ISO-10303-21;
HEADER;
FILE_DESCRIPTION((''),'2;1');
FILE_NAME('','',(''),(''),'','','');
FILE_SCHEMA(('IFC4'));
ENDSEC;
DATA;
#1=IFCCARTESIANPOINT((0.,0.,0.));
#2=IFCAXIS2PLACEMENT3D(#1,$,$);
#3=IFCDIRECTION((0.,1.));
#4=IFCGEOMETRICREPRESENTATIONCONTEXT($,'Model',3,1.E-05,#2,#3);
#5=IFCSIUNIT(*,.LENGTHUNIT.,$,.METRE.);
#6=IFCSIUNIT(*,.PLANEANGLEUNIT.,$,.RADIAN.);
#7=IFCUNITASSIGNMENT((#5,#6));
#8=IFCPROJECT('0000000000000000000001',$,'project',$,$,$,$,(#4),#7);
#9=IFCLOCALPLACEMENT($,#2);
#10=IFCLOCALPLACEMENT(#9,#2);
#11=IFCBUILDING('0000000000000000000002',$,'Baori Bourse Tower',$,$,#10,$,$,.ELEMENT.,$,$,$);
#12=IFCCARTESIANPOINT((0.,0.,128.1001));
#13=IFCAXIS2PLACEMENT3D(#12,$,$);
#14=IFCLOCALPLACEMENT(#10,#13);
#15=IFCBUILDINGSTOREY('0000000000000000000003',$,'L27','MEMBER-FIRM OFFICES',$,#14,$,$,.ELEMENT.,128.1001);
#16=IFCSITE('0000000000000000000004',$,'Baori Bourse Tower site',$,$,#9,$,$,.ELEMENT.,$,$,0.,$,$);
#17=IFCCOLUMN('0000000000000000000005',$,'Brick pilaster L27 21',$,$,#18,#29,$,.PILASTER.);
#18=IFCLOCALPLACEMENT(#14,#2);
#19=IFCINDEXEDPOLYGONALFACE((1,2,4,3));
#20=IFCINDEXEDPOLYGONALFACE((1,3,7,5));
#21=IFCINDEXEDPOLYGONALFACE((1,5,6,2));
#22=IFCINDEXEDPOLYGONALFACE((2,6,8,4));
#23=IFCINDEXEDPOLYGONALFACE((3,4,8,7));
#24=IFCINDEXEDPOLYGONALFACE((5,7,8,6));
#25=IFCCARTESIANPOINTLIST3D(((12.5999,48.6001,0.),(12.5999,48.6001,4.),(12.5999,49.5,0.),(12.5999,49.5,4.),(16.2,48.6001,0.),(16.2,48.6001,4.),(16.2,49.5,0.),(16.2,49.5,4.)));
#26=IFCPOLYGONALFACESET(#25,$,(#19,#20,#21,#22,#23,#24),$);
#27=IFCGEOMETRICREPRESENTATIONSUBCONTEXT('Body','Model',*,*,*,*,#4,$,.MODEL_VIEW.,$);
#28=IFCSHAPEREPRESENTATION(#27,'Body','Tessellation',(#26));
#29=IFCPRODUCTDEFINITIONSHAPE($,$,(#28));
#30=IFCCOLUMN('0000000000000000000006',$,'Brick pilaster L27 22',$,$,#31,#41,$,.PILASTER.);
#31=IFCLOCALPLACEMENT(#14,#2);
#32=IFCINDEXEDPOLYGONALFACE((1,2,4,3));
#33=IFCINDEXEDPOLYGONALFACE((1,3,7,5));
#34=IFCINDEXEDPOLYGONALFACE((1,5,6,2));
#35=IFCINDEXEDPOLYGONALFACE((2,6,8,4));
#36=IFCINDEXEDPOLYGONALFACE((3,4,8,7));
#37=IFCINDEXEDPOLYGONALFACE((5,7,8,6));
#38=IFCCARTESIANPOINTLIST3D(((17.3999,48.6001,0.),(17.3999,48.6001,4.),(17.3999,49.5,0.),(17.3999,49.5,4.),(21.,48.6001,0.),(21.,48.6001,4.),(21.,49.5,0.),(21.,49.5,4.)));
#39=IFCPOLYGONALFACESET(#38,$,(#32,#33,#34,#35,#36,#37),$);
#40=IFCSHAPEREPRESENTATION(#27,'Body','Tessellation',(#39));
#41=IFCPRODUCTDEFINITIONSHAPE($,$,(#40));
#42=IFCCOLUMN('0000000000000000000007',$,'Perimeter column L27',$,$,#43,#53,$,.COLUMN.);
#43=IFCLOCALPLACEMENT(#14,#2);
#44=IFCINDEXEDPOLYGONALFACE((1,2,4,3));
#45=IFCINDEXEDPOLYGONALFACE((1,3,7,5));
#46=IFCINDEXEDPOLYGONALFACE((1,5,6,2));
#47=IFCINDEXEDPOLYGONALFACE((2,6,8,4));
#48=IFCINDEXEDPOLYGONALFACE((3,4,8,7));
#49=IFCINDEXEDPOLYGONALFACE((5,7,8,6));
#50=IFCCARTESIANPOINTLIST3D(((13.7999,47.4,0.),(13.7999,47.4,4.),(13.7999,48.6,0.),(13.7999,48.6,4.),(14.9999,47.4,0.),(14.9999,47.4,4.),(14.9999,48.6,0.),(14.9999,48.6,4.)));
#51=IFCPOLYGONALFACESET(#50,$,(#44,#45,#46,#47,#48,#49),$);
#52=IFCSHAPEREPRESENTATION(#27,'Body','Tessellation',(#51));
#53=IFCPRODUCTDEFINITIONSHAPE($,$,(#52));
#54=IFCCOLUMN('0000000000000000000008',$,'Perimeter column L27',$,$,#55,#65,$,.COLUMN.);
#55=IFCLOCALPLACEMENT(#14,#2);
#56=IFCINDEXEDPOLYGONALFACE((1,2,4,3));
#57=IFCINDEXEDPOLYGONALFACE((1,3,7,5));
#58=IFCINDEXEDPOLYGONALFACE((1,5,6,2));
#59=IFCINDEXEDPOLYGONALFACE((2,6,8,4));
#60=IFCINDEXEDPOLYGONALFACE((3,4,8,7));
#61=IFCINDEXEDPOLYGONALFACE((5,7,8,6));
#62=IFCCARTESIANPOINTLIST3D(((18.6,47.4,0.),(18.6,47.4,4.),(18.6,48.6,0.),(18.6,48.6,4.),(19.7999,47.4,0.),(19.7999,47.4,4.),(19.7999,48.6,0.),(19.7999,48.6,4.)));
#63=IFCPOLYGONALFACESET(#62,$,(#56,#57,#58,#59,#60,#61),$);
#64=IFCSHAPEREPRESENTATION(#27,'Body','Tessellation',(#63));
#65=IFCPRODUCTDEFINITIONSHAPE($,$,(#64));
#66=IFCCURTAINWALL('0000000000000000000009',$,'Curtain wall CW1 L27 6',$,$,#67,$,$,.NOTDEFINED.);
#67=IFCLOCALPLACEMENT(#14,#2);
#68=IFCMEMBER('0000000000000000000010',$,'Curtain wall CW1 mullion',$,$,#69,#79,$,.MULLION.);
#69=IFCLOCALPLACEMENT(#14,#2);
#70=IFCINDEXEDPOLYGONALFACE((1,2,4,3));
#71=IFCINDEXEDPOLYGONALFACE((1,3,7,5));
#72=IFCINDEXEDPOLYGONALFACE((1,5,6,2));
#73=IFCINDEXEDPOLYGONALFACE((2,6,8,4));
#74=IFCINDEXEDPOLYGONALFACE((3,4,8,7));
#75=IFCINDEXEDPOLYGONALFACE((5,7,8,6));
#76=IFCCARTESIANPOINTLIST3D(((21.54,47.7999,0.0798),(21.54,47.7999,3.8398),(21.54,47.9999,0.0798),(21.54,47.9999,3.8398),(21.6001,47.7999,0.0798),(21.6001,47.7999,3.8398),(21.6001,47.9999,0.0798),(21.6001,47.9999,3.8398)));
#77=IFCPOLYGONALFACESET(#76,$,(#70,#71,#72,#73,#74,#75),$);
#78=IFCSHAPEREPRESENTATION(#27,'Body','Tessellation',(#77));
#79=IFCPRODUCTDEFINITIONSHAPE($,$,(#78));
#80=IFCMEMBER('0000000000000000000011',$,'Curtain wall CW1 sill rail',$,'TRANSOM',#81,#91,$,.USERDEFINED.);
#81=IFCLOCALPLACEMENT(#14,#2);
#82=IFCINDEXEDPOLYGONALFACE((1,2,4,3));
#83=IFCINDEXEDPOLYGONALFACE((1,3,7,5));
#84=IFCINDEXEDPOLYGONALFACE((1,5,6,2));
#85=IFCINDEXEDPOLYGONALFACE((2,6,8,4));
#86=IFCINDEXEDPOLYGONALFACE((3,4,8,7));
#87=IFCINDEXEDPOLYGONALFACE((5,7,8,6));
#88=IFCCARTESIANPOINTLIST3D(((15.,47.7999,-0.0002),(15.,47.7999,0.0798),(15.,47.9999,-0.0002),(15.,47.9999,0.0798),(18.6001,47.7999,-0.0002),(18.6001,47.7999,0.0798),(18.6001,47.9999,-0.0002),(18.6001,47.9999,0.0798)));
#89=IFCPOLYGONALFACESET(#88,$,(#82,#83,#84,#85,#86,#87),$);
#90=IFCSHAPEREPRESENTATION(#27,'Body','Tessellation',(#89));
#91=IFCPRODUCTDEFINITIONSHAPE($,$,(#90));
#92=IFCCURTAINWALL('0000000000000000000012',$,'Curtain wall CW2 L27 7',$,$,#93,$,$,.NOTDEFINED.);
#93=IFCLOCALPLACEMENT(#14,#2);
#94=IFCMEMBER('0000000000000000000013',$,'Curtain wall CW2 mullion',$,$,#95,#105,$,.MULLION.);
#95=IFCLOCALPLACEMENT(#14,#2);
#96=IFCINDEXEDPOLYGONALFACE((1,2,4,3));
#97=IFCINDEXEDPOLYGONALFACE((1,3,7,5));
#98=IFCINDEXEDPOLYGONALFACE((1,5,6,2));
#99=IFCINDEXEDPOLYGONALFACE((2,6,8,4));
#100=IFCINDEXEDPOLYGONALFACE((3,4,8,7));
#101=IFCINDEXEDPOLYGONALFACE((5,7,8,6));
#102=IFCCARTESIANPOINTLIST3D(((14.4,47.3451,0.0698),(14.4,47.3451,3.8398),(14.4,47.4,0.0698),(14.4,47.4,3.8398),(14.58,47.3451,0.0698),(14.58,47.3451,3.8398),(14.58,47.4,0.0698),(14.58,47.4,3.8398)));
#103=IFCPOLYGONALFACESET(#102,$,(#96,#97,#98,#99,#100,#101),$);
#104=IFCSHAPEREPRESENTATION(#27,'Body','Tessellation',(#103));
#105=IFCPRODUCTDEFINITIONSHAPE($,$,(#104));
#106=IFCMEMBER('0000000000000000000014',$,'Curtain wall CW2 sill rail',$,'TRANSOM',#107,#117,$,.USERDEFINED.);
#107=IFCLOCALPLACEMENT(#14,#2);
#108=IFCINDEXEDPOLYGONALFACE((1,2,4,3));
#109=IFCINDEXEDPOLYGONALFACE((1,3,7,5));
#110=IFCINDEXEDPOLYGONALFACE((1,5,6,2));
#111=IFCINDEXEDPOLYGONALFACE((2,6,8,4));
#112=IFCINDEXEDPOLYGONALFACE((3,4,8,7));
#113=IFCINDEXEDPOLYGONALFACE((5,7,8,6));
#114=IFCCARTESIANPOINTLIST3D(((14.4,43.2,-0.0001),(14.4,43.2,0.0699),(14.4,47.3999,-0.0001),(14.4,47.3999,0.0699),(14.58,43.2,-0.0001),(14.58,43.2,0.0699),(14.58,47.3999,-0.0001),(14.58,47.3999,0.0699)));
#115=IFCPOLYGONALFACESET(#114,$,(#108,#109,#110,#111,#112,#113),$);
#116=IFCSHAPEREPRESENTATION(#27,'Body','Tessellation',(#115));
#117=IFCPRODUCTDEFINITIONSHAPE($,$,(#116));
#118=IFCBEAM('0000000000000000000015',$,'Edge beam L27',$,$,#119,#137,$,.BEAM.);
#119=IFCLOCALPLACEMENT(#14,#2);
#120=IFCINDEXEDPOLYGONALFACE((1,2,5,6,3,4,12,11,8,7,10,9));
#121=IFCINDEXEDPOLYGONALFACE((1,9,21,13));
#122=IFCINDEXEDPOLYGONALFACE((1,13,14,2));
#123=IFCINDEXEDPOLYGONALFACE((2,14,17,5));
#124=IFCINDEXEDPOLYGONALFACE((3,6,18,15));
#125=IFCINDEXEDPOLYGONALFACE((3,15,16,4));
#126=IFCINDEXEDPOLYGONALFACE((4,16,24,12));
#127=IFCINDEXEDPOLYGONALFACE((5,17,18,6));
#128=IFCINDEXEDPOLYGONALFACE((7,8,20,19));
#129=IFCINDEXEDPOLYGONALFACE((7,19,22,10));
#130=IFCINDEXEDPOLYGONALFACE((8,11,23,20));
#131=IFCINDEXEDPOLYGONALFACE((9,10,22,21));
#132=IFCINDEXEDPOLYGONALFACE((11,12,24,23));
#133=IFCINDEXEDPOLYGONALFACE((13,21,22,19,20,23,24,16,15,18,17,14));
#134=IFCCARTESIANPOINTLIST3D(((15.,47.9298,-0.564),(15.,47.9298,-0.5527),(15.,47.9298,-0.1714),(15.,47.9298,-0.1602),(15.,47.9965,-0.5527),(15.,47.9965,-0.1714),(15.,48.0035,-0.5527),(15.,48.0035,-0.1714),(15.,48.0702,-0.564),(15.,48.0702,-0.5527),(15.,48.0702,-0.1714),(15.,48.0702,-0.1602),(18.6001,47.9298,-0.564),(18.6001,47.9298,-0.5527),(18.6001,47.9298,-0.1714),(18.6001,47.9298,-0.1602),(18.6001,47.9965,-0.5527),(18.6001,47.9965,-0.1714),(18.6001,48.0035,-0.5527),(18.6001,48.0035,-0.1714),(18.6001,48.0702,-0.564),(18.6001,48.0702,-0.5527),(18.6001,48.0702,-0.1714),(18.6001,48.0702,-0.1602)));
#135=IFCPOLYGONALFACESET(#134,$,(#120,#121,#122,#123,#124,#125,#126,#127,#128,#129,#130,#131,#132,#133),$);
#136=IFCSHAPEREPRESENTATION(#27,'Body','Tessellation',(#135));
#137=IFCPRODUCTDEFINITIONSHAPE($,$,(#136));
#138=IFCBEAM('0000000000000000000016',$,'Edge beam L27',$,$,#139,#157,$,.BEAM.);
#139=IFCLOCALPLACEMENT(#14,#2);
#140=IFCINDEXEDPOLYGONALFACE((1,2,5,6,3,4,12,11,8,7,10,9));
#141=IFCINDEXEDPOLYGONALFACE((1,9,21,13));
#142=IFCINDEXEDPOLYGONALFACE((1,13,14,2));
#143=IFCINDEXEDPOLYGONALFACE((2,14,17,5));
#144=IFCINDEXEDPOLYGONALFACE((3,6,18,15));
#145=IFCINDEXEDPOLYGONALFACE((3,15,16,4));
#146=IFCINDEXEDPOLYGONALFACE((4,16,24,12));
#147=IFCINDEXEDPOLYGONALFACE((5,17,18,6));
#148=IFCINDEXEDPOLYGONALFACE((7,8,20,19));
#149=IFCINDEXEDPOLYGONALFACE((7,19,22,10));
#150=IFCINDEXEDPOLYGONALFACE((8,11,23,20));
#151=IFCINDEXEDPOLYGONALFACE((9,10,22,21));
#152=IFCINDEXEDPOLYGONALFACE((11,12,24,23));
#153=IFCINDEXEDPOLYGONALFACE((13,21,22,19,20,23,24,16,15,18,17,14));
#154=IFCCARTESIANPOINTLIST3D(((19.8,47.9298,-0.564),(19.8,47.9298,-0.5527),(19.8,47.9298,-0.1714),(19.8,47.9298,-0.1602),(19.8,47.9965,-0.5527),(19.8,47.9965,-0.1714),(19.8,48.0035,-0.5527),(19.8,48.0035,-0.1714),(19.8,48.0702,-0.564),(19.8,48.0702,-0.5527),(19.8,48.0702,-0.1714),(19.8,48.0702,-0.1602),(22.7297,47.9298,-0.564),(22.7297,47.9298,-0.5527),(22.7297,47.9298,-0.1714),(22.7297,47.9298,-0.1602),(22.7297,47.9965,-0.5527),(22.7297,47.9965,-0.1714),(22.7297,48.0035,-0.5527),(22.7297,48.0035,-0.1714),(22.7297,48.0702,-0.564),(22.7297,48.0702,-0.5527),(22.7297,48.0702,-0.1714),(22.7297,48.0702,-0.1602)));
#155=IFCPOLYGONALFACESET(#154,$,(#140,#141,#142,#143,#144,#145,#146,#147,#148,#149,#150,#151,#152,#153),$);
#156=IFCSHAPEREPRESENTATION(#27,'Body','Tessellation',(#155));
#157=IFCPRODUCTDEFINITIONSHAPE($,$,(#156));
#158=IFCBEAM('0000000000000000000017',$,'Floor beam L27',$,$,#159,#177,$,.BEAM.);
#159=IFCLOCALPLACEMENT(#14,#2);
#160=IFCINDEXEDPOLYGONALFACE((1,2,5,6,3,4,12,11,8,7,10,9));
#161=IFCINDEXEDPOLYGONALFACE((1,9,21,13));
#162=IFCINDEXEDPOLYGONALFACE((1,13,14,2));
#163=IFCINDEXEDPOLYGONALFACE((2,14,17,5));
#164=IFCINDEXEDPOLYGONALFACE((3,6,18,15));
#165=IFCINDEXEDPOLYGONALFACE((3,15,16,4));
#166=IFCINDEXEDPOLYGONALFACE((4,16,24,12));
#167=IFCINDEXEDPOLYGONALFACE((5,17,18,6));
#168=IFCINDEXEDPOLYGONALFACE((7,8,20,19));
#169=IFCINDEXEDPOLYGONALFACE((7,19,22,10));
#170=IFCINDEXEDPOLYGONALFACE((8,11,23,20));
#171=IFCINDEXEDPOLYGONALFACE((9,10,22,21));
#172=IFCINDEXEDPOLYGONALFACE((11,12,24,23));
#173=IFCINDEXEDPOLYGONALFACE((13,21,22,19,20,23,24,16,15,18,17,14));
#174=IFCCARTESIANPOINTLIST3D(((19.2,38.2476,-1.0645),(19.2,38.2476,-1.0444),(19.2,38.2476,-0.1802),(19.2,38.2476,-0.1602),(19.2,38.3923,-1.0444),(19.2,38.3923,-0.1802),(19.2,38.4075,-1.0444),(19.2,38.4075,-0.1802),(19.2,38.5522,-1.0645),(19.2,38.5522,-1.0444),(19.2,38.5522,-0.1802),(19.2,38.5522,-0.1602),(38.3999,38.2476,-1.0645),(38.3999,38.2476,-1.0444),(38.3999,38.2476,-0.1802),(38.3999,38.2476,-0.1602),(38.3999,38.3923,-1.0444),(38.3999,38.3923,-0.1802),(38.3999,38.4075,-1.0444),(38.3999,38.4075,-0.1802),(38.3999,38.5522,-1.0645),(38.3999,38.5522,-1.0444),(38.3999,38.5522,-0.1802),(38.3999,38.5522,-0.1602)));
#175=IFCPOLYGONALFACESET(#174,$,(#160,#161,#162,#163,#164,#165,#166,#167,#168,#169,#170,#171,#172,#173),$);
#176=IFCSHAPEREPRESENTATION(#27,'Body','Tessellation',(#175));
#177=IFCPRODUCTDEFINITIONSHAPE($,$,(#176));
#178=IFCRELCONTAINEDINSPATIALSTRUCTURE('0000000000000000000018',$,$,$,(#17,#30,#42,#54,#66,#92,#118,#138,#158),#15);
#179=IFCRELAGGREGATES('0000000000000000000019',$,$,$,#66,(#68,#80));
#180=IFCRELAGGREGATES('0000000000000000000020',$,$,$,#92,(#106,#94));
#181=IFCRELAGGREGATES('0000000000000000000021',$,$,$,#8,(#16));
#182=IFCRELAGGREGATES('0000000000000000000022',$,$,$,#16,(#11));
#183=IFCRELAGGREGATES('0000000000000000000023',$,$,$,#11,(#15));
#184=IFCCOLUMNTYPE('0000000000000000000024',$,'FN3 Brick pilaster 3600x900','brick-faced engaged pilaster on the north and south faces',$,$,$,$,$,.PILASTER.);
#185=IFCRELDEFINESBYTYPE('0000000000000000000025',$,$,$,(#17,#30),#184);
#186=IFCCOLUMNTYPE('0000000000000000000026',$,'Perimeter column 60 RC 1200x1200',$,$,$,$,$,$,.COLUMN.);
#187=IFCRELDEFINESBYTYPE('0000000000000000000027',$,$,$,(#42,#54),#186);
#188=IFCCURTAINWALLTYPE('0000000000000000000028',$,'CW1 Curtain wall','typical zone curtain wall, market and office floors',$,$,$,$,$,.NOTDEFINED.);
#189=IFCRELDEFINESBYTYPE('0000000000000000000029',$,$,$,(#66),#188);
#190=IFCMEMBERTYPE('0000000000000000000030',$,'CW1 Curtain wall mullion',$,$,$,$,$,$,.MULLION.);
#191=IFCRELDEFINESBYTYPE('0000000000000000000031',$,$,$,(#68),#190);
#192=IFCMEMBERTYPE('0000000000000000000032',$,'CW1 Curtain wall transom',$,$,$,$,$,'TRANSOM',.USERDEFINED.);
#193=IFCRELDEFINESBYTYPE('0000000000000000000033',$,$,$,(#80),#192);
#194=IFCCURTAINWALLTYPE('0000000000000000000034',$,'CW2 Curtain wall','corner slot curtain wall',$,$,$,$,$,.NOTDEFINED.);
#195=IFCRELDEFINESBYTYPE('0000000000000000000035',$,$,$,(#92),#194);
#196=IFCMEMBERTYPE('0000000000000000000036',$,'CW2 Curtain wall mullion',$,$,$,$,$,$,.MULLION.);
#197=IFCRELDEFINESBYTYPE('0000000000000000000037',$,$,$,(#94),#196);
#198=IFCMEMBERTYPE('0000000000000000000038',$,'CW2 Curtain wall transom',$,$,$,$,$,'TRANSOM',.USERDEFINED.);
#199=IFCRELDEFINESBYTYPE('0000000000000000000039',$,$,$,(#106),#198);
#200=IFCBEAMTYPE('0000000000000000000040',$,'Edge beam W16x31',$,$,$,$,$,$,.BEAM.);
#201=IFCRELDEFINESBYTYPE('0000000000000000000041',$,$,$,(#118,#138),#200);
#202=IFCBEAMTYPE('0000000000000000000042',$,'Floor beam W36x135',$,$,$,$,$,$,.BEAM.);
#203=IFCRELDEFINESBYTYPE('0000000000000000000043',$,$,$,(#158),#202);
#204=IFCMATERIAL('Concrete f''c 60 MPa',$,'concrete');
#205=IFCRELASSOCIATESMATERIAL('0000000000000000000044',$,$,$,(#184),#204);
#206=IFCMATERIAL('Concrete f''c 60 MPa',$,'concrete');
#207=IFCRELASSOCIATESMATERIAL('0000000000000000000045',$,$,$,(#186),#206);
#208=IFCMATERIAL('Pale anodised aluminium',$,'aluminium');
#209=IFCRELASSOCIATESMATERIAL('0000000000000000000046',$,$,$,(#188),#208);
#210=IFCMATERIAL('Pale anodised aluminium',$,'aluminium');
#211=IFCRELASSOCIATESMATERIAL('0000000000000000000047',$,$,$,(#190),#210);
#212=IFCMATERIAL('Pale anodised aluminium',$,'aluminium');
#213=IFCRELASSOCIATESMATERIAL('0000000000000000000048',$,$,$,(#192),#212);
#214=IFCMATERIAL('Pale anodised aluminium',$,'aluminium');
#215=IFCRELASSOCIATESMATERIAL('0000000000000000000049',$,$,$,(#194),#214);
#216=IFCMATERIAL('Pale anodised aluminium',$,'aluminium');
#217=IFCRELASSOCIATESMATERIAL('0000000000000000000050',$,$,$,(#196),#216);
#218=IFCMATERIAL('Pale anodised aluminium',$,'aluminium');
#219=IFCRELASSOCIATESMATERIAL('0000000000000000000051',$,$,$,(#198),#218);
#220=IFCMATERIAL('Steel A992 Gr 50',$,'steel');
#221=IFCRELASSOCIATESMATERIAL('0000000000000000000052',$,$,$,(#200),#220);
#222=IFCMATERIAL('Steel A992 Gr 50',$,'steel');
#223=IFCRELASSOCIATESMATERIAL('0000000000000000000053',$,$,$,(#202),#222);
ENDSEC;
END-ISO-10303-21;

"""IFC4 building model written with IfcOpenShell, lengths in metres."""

from ifc_helpers import new_model, si_unit, direction, frame, origin, origin_2d, place, context, subcontext, project, spatial, rectangle, i_section, extrude, material, material_profile, profile_set, type_object, element, aggregate, save


model = new_model("IFC4")

# Units and contexts
model_context = context("Model", 3, precision=1e-05, world=origin(), true_north=direction((0.0, 1.0)))
body_context = subcontext(model_context, "Body", "Model", "MODEL_VIEW")
ifc_project = project(units=[si_unit("LENGTHUNIT", "METRE"), si_unit("PLANEANGLEUNIT", "RADIAN")], contexts=[model_context])

# Site, building, storey
site_placement = place(None, origin())
site = spatial("IfcSite", under=ifc_project, at=site_placement, Name="Baori Bourse Tower site", CompositionType="ELEMENT", RefElevation=0.0)
building_placement = place(site_placement, origin())
building = spatial("IfcBuilding", under=site, at=building_placement, Name="Baori Bourse Tower", CompositionType="ELEMENT")
storey_placement = place(building_placement, frame((0.0, 0.0, 128.1001)))
storey = spatial("IfcBuildingStorey", under=building, at=storey_placement, Name="L27", Description="MEMBER-FIRM OFFICES", CompositionType="ELEMENT", Elevation=128.1001)

# Columns
ifc_material_1 = material(Name="Concrete f'c 60 MPa", Category="concrete")
ifc_material_profile_1 = material_profile(ifc_material_1, rectangle(XDim=3.6001, YDim=0.8999, at=origin_2d()), Name="RC 3600x900")
ifc_profile_set_1 = profile_set([ifc_material_profile_1], Name="Concrete f'c 60 MPa")
column_type_1 = type_object("IfcColumnType", Name="FN3 Brick pilaster 3600x900", Description="brick-faced engaged pilaster on the north and south faces", PredefinedType="PILASTER", material=ifc_profile_set_1)
for number, where, z_axis, x_axis, name in (
    (1, (14.3999, 49.05, 0.0), (0.0, 0.0, 1.0), (1.0, 0.0, 0.0), "Brick pilaster L27 21"),
    (2, (19.2, 49.05, 0.0), (0.0, 0.0, 1.0), (1.0, 0.0, 0.0), "Brick pilaster L27 22"),
):
    element("IfcColumn", number, at=place(storey_placement, frame(where, z_axis=z_axis, x_axis=x_axis)), inside=storey, type_object=column_type_1, Name=name, PredefinedType="PILASTER", context=body_context, shape_type="SweptSolid", body=[
        extrude(rectangle(XDim=3.6001, YDim=0.8999, at=origin_2d()), origin(), (0.0, 0.0, 1.0), 4.0),
    ])
ifc_material_2 = material(Name="Concrete f'c 60 MPa", Category="concrete")
ifc_material_profile_2 = material_profile(ifc_material_2, rectangle(XDim=1.2, YDim=1.2, at=origin_2d()), Name="RC 1200x1200")
ifc_profile_set_2 = profile_set([ifc_material_profile_2], Name="Concrete f'c 60 MPa")
column_type_2 = type_object("IfcColumnType", Name="Perimeter column 60 RC 1200x1200", PredefinedType="COLUMN", material=ifc_profile_set_2)
for number, where, z_axis, x_axis, name in (
    (3, (14.3999, 48.0, 0.0), (0.0, 0.0, 1.0), (1.0, 0.0, 0.0), "Perimeter column L27"),
    (4, (19.2, 48.0, 0.0), (0.0, 0.0, 1.0), (1.0, 0.0, 0.0), "Perimeter column L27"),
):
    element("IfcColumn", number, at=place(storey_placement, frame(where, z_axis=z_axis, x_axis=x_axis)), inside=storey, type_object=column_type_2, Name=name, PredefinedType="COLUMN", context=body_context, shape_type="SweptSolid", body=[
        extrude(rectangle(XDim=1.2, YDim=1.2, at=origin_2d()), origin(), (0.0, 0.0, 1.0), 4.0),
    ])

# Curtain walls, members
ifc_material_3 = material(Name="Pale anodised aluminium", Category="aluminium")
curtain_wall_type_1 = type_object("IfcCurtainWallType", Name="CW1 Curtain wall", Description="typical zone curtain wall, market and office floors", PredefinedType="NOTDEFINED", material=ifc_material_3)
curtain_wall_1_placement = place(storey_placement, origin())
curtain_wall_1 = element("IfcCurtainWall", 5, at=curtain_wall_1_placement, inside=storey, type_object=curtain_wall_type_1, Name="Curtain wall CW1 L27 6", PredefinedType="NOTDEFINED")
ifc_material_4 = material(Name="Pale anodised aluminium", Category="aluminium")
ifc_material_profile_3 = material_profile(ifc_material_4, rectangle(XDim=0.2, YDim=0.0601, at=origin_2d()), Name="Mullion 60x200")
ifc_profile_set_3 = profile_set([ifc_material_profile_3], Name="Pale anodised aluminium")
member_type_1 = type_object("IfcMemberType", Name="CW1 Curtain wall mullion", PredefinedType="MULLION", material=ifc_profile_set_3)
member_1_placement = place(storey_placement, frame((21.5701, 47.8999, 0.0798), z_axis=(0.0, 0.0, 1.0), x_axis=(0.0, -1.0, 0.0)))
member_1 = element("IfcMember", 6, at=member_1_placement, type_object=member_type_1, Name="Curtain wall CW1 mullion", PredefinedType="MULLION", context=body_context, shape_type="SweptSolid", body=[
    extrude(rectangle(XDim=0.2, YDim=0.0601, at=origin_2d()), origin(), (0.0, 0.0, 1.0), 3.76),
])
ifc_material_5 = material(Name="Pale anodised aluminium", Category="aluminium")
ifc_material_profile_4 = material_profile(ifc_material_5, rectangle(XDim=0.2, YDim=0.0801, at=origin_2d()), Name="Transom 80x200")
ifc_profile_set_4 = profile_set([ifc_material_profile_4], Name="Pale anodised aluminium")
member_type_2 = type_object("IfcMemberType", Name="CW1 Curtain wall transom", ElementType="TRANSOM", PredefinedType="USERDEFINED", material=ifc_profile_set_4)
member_2_placement = place(storey_placement, frame((18.6001, 47.8999, 0.0398), z_axis=(-1.0, 0.0, 0.0), x_axis=(0.0, -1.0, 0.0)))
member_2 = element("IfcMember", 7, at=member_2_placement, type_object=member_type_2, Name="Curtain wall CW1 sill rail", ObjectType="TRANSOM", PredefinedType="USERDEFINED", context=body_context, shape_type="SweptSolid", body=[
    extrude(rectangle(XDim=0.2, YDim=0.0801, at=origin_2d()), origin(), (0.0, 0.0, 1.0), 3.6001),
])
ifc_material_6 = material(Name="Pale anodised aluminium", Category="aluminium")
curtain_wall_type_2 = type_object("IfcCurtainWallType", Name="CW2 Curtain wall", Description="corner slot curtain wall", PredefinedType="NOTDEFINED", material=ifc_material_6)
curtain_wall_2_placement = place(storey_placement, origin())
curtain_wall_2 = element("IfcCurtainWall", 8, at=curtain_wall_2_placement, inside=storey, type_object=curtain_wall_type_2, Name="Curtain wall CW2 L27 7", PredefinedType="NOTDEFINED")
ifc_material_7 = material(Name="Pale anodised aluminium", Category="aluminium")
ifc_material_profile_5 = material_profile(ifc_material_7, rectangle(XDim=0.1799, YDim=0.0549, at=origin_2d()), Name="Mullion 55x180")
ifc_profile_set_5 = profile_set([ifc_material_profile_5], Name="Pale anodised aluminium")
member_type_3 = type_object("IfcMemberType", Name="CW2 Curtain wall mullion", PredefinedType="MULLION", material=ifc_profile_set_5)
member_3_placement = place(storey_placement, frame((14.49, 47.3726, 0.0698), z_axis=(0.0, 0.0, 1.0), x_axis=(1.0, 0.0, 0.0)))
member_3 = element("IfcMember", 9, at=member_3_placement, type_object=member_type_3, Name="Curtain wall CW2 mullion", PredefinedType="MULLION", context=body_context, shape_type="SweptSolid", body=[
    extrude(rectangle(XDim=0.1799, YDim=0.0549, at=origin_2d()), origin(), (0.0, 0.0, 1.0), 3.77),
])
ifc_material_8 = material(Name="Pale anodised aluminium", Category="aluminium")
ifc_material_profile_6 = material_profile(ifc_material_8, rectangle(XDim=0.1799, YDim=0.0701, at=origin_2d()), Name="Transom 70x180")
ifc_profile_set_6 = profile_set([ifc_material_profile_6], Name="Pale anodised aluminium")
member_type_4 = type_object("IfcMemberType", Name="CW2 Curtain wall transom", ElementType="TRANSOM", PredefinedType="USERDEFINED", material=ifc_profile_set_6)
member_4_placement = place(storey_placement, frame((14.49, 47.3999, 0.0349), z_axis=(0.0, -1.0, 0.0), x_axis=(1.0, 0.0, 0.0)))
member_4 = element("IfcMember", 10, at=member_4_placement, type_object=member_type_4, Name="Curtain wall CW2 sill rail", ObjectType="TRANSOM", PredefinedType="USERDEFINED", context=body_context, shape_type="SweptSolid", body=[
    extrude(rectangle(XDim=0.1799, YDim=0.0701, at=origin_2d()), origin(), (0.0, 0.0, 1.0), 4.2),
])

# Beams
ifc_material_9 = material(Name="Steel A992 Gr 50", Category="steel")
ifc_material_profile_7 = material_profile(ifc_material_9, i_section(OverallWidth=0.1404, OverallDepth=0.4038, WebThickness=0.0071, FlangeThickness=0.0112, at=origin_2d()), Name="W16x31")
ifc_profile_set_7 = profile_set([ifc_material_profile_7], Name="Steel A992 Gr 50")
beam_type_1 = type_object("IfcBeamType", Name="Edge beam W16x31", PredefinedType="BEAM", material=ifc_profile_set_7)
beam_1_placement = place(storey_placement, frame((15.0, 48.0, -0.3621), z_axis=(1.0, 0.0, 0.0), x_axis=(0.0, 1.0, 0.0)))
element("IfcBeam", 11, at=beam_1_placement, inside=storey, type_object=beam_type_1, Name="Edge beam L27", PredefinedType="BEAM", context=body_context, shape_type="SweptSolid", body=[
    extrude(i_section(OverallWidth=0.1404, OverallDepth=0.4038, WebThickness=0.0071, FlangeThickness=0.0112, at=origin_2d()), origin(), (0.0, 0.0, 1.0), 3.6001),
])
beam_2_placement = place(storey_placement, frame((19.8, 48.0, -0.3621), z_axis=(1.0, 0.0, 0.0), x_axis=(0.0, 1.0, 0.0)))
element("IfcBeam", 12, at=beam_2_placement, inside=storey, type_object=beam_type_1, Name="Edge beam L27", PredefinedType="BEAM", context=body_context, shape_type="SweptSolid", body=[
    extrude(i_section(OverallWidth=0.1404, OverallDepth=0.4038, WebThickness=0.0071, FlangeThickness=0.0112, at=origin_2d()), origin(), (0.0, 0.0, 1.0), 2.9297),
])
ifc_material_10 = material(Name="Steel A992 Gr 50", Category="steel")
ifc_material_profile_8 = material_profile(ifc_material_10, i_section(OverallWidth=0.3047, OverallDepth=0.9043, WebThickness=0.0151, FlangeThickness=0.02, at=origin_2d()), Name="W36x135")
ifc_profile_set_8 = profile_set([ifc_material_profile_8], Name="Steel A992 Gr 50")
beam_type_2 = type_object("IfcBeamType", Name="Floor beam W36x135", PredefinedType="BEAM", material=ifc_profile_set_8)
beam_3_placement = place(storey_placement, frame((19.2, 38.3999, -0.6123), z_axis=(1.0, 0.0, 0.0), x_axis=(0.0, 1.0, 0.0)))
element("IfcBeam", 13, at=beam_3_placement, inside=storey, type_object=beam_type_2, Name="Floor beam L27", PredefinedType="BEAM", context=body_context, shape_type="SweptSolid", body=[
    extrude(i_section(OverallWidth=0.3047, OverallDepth=0.9043, WebThickness=0.0151, FlangeThickness=0.02, at=origin_2d()), origin(), (0.0, 0.0, 1.0), 19.2),
])

aggregate(curtain_wall_1, [member_1, member_2])
aggregate(curtain_wall_2, [member_4, member_3])

save(model, "model.ifc")
